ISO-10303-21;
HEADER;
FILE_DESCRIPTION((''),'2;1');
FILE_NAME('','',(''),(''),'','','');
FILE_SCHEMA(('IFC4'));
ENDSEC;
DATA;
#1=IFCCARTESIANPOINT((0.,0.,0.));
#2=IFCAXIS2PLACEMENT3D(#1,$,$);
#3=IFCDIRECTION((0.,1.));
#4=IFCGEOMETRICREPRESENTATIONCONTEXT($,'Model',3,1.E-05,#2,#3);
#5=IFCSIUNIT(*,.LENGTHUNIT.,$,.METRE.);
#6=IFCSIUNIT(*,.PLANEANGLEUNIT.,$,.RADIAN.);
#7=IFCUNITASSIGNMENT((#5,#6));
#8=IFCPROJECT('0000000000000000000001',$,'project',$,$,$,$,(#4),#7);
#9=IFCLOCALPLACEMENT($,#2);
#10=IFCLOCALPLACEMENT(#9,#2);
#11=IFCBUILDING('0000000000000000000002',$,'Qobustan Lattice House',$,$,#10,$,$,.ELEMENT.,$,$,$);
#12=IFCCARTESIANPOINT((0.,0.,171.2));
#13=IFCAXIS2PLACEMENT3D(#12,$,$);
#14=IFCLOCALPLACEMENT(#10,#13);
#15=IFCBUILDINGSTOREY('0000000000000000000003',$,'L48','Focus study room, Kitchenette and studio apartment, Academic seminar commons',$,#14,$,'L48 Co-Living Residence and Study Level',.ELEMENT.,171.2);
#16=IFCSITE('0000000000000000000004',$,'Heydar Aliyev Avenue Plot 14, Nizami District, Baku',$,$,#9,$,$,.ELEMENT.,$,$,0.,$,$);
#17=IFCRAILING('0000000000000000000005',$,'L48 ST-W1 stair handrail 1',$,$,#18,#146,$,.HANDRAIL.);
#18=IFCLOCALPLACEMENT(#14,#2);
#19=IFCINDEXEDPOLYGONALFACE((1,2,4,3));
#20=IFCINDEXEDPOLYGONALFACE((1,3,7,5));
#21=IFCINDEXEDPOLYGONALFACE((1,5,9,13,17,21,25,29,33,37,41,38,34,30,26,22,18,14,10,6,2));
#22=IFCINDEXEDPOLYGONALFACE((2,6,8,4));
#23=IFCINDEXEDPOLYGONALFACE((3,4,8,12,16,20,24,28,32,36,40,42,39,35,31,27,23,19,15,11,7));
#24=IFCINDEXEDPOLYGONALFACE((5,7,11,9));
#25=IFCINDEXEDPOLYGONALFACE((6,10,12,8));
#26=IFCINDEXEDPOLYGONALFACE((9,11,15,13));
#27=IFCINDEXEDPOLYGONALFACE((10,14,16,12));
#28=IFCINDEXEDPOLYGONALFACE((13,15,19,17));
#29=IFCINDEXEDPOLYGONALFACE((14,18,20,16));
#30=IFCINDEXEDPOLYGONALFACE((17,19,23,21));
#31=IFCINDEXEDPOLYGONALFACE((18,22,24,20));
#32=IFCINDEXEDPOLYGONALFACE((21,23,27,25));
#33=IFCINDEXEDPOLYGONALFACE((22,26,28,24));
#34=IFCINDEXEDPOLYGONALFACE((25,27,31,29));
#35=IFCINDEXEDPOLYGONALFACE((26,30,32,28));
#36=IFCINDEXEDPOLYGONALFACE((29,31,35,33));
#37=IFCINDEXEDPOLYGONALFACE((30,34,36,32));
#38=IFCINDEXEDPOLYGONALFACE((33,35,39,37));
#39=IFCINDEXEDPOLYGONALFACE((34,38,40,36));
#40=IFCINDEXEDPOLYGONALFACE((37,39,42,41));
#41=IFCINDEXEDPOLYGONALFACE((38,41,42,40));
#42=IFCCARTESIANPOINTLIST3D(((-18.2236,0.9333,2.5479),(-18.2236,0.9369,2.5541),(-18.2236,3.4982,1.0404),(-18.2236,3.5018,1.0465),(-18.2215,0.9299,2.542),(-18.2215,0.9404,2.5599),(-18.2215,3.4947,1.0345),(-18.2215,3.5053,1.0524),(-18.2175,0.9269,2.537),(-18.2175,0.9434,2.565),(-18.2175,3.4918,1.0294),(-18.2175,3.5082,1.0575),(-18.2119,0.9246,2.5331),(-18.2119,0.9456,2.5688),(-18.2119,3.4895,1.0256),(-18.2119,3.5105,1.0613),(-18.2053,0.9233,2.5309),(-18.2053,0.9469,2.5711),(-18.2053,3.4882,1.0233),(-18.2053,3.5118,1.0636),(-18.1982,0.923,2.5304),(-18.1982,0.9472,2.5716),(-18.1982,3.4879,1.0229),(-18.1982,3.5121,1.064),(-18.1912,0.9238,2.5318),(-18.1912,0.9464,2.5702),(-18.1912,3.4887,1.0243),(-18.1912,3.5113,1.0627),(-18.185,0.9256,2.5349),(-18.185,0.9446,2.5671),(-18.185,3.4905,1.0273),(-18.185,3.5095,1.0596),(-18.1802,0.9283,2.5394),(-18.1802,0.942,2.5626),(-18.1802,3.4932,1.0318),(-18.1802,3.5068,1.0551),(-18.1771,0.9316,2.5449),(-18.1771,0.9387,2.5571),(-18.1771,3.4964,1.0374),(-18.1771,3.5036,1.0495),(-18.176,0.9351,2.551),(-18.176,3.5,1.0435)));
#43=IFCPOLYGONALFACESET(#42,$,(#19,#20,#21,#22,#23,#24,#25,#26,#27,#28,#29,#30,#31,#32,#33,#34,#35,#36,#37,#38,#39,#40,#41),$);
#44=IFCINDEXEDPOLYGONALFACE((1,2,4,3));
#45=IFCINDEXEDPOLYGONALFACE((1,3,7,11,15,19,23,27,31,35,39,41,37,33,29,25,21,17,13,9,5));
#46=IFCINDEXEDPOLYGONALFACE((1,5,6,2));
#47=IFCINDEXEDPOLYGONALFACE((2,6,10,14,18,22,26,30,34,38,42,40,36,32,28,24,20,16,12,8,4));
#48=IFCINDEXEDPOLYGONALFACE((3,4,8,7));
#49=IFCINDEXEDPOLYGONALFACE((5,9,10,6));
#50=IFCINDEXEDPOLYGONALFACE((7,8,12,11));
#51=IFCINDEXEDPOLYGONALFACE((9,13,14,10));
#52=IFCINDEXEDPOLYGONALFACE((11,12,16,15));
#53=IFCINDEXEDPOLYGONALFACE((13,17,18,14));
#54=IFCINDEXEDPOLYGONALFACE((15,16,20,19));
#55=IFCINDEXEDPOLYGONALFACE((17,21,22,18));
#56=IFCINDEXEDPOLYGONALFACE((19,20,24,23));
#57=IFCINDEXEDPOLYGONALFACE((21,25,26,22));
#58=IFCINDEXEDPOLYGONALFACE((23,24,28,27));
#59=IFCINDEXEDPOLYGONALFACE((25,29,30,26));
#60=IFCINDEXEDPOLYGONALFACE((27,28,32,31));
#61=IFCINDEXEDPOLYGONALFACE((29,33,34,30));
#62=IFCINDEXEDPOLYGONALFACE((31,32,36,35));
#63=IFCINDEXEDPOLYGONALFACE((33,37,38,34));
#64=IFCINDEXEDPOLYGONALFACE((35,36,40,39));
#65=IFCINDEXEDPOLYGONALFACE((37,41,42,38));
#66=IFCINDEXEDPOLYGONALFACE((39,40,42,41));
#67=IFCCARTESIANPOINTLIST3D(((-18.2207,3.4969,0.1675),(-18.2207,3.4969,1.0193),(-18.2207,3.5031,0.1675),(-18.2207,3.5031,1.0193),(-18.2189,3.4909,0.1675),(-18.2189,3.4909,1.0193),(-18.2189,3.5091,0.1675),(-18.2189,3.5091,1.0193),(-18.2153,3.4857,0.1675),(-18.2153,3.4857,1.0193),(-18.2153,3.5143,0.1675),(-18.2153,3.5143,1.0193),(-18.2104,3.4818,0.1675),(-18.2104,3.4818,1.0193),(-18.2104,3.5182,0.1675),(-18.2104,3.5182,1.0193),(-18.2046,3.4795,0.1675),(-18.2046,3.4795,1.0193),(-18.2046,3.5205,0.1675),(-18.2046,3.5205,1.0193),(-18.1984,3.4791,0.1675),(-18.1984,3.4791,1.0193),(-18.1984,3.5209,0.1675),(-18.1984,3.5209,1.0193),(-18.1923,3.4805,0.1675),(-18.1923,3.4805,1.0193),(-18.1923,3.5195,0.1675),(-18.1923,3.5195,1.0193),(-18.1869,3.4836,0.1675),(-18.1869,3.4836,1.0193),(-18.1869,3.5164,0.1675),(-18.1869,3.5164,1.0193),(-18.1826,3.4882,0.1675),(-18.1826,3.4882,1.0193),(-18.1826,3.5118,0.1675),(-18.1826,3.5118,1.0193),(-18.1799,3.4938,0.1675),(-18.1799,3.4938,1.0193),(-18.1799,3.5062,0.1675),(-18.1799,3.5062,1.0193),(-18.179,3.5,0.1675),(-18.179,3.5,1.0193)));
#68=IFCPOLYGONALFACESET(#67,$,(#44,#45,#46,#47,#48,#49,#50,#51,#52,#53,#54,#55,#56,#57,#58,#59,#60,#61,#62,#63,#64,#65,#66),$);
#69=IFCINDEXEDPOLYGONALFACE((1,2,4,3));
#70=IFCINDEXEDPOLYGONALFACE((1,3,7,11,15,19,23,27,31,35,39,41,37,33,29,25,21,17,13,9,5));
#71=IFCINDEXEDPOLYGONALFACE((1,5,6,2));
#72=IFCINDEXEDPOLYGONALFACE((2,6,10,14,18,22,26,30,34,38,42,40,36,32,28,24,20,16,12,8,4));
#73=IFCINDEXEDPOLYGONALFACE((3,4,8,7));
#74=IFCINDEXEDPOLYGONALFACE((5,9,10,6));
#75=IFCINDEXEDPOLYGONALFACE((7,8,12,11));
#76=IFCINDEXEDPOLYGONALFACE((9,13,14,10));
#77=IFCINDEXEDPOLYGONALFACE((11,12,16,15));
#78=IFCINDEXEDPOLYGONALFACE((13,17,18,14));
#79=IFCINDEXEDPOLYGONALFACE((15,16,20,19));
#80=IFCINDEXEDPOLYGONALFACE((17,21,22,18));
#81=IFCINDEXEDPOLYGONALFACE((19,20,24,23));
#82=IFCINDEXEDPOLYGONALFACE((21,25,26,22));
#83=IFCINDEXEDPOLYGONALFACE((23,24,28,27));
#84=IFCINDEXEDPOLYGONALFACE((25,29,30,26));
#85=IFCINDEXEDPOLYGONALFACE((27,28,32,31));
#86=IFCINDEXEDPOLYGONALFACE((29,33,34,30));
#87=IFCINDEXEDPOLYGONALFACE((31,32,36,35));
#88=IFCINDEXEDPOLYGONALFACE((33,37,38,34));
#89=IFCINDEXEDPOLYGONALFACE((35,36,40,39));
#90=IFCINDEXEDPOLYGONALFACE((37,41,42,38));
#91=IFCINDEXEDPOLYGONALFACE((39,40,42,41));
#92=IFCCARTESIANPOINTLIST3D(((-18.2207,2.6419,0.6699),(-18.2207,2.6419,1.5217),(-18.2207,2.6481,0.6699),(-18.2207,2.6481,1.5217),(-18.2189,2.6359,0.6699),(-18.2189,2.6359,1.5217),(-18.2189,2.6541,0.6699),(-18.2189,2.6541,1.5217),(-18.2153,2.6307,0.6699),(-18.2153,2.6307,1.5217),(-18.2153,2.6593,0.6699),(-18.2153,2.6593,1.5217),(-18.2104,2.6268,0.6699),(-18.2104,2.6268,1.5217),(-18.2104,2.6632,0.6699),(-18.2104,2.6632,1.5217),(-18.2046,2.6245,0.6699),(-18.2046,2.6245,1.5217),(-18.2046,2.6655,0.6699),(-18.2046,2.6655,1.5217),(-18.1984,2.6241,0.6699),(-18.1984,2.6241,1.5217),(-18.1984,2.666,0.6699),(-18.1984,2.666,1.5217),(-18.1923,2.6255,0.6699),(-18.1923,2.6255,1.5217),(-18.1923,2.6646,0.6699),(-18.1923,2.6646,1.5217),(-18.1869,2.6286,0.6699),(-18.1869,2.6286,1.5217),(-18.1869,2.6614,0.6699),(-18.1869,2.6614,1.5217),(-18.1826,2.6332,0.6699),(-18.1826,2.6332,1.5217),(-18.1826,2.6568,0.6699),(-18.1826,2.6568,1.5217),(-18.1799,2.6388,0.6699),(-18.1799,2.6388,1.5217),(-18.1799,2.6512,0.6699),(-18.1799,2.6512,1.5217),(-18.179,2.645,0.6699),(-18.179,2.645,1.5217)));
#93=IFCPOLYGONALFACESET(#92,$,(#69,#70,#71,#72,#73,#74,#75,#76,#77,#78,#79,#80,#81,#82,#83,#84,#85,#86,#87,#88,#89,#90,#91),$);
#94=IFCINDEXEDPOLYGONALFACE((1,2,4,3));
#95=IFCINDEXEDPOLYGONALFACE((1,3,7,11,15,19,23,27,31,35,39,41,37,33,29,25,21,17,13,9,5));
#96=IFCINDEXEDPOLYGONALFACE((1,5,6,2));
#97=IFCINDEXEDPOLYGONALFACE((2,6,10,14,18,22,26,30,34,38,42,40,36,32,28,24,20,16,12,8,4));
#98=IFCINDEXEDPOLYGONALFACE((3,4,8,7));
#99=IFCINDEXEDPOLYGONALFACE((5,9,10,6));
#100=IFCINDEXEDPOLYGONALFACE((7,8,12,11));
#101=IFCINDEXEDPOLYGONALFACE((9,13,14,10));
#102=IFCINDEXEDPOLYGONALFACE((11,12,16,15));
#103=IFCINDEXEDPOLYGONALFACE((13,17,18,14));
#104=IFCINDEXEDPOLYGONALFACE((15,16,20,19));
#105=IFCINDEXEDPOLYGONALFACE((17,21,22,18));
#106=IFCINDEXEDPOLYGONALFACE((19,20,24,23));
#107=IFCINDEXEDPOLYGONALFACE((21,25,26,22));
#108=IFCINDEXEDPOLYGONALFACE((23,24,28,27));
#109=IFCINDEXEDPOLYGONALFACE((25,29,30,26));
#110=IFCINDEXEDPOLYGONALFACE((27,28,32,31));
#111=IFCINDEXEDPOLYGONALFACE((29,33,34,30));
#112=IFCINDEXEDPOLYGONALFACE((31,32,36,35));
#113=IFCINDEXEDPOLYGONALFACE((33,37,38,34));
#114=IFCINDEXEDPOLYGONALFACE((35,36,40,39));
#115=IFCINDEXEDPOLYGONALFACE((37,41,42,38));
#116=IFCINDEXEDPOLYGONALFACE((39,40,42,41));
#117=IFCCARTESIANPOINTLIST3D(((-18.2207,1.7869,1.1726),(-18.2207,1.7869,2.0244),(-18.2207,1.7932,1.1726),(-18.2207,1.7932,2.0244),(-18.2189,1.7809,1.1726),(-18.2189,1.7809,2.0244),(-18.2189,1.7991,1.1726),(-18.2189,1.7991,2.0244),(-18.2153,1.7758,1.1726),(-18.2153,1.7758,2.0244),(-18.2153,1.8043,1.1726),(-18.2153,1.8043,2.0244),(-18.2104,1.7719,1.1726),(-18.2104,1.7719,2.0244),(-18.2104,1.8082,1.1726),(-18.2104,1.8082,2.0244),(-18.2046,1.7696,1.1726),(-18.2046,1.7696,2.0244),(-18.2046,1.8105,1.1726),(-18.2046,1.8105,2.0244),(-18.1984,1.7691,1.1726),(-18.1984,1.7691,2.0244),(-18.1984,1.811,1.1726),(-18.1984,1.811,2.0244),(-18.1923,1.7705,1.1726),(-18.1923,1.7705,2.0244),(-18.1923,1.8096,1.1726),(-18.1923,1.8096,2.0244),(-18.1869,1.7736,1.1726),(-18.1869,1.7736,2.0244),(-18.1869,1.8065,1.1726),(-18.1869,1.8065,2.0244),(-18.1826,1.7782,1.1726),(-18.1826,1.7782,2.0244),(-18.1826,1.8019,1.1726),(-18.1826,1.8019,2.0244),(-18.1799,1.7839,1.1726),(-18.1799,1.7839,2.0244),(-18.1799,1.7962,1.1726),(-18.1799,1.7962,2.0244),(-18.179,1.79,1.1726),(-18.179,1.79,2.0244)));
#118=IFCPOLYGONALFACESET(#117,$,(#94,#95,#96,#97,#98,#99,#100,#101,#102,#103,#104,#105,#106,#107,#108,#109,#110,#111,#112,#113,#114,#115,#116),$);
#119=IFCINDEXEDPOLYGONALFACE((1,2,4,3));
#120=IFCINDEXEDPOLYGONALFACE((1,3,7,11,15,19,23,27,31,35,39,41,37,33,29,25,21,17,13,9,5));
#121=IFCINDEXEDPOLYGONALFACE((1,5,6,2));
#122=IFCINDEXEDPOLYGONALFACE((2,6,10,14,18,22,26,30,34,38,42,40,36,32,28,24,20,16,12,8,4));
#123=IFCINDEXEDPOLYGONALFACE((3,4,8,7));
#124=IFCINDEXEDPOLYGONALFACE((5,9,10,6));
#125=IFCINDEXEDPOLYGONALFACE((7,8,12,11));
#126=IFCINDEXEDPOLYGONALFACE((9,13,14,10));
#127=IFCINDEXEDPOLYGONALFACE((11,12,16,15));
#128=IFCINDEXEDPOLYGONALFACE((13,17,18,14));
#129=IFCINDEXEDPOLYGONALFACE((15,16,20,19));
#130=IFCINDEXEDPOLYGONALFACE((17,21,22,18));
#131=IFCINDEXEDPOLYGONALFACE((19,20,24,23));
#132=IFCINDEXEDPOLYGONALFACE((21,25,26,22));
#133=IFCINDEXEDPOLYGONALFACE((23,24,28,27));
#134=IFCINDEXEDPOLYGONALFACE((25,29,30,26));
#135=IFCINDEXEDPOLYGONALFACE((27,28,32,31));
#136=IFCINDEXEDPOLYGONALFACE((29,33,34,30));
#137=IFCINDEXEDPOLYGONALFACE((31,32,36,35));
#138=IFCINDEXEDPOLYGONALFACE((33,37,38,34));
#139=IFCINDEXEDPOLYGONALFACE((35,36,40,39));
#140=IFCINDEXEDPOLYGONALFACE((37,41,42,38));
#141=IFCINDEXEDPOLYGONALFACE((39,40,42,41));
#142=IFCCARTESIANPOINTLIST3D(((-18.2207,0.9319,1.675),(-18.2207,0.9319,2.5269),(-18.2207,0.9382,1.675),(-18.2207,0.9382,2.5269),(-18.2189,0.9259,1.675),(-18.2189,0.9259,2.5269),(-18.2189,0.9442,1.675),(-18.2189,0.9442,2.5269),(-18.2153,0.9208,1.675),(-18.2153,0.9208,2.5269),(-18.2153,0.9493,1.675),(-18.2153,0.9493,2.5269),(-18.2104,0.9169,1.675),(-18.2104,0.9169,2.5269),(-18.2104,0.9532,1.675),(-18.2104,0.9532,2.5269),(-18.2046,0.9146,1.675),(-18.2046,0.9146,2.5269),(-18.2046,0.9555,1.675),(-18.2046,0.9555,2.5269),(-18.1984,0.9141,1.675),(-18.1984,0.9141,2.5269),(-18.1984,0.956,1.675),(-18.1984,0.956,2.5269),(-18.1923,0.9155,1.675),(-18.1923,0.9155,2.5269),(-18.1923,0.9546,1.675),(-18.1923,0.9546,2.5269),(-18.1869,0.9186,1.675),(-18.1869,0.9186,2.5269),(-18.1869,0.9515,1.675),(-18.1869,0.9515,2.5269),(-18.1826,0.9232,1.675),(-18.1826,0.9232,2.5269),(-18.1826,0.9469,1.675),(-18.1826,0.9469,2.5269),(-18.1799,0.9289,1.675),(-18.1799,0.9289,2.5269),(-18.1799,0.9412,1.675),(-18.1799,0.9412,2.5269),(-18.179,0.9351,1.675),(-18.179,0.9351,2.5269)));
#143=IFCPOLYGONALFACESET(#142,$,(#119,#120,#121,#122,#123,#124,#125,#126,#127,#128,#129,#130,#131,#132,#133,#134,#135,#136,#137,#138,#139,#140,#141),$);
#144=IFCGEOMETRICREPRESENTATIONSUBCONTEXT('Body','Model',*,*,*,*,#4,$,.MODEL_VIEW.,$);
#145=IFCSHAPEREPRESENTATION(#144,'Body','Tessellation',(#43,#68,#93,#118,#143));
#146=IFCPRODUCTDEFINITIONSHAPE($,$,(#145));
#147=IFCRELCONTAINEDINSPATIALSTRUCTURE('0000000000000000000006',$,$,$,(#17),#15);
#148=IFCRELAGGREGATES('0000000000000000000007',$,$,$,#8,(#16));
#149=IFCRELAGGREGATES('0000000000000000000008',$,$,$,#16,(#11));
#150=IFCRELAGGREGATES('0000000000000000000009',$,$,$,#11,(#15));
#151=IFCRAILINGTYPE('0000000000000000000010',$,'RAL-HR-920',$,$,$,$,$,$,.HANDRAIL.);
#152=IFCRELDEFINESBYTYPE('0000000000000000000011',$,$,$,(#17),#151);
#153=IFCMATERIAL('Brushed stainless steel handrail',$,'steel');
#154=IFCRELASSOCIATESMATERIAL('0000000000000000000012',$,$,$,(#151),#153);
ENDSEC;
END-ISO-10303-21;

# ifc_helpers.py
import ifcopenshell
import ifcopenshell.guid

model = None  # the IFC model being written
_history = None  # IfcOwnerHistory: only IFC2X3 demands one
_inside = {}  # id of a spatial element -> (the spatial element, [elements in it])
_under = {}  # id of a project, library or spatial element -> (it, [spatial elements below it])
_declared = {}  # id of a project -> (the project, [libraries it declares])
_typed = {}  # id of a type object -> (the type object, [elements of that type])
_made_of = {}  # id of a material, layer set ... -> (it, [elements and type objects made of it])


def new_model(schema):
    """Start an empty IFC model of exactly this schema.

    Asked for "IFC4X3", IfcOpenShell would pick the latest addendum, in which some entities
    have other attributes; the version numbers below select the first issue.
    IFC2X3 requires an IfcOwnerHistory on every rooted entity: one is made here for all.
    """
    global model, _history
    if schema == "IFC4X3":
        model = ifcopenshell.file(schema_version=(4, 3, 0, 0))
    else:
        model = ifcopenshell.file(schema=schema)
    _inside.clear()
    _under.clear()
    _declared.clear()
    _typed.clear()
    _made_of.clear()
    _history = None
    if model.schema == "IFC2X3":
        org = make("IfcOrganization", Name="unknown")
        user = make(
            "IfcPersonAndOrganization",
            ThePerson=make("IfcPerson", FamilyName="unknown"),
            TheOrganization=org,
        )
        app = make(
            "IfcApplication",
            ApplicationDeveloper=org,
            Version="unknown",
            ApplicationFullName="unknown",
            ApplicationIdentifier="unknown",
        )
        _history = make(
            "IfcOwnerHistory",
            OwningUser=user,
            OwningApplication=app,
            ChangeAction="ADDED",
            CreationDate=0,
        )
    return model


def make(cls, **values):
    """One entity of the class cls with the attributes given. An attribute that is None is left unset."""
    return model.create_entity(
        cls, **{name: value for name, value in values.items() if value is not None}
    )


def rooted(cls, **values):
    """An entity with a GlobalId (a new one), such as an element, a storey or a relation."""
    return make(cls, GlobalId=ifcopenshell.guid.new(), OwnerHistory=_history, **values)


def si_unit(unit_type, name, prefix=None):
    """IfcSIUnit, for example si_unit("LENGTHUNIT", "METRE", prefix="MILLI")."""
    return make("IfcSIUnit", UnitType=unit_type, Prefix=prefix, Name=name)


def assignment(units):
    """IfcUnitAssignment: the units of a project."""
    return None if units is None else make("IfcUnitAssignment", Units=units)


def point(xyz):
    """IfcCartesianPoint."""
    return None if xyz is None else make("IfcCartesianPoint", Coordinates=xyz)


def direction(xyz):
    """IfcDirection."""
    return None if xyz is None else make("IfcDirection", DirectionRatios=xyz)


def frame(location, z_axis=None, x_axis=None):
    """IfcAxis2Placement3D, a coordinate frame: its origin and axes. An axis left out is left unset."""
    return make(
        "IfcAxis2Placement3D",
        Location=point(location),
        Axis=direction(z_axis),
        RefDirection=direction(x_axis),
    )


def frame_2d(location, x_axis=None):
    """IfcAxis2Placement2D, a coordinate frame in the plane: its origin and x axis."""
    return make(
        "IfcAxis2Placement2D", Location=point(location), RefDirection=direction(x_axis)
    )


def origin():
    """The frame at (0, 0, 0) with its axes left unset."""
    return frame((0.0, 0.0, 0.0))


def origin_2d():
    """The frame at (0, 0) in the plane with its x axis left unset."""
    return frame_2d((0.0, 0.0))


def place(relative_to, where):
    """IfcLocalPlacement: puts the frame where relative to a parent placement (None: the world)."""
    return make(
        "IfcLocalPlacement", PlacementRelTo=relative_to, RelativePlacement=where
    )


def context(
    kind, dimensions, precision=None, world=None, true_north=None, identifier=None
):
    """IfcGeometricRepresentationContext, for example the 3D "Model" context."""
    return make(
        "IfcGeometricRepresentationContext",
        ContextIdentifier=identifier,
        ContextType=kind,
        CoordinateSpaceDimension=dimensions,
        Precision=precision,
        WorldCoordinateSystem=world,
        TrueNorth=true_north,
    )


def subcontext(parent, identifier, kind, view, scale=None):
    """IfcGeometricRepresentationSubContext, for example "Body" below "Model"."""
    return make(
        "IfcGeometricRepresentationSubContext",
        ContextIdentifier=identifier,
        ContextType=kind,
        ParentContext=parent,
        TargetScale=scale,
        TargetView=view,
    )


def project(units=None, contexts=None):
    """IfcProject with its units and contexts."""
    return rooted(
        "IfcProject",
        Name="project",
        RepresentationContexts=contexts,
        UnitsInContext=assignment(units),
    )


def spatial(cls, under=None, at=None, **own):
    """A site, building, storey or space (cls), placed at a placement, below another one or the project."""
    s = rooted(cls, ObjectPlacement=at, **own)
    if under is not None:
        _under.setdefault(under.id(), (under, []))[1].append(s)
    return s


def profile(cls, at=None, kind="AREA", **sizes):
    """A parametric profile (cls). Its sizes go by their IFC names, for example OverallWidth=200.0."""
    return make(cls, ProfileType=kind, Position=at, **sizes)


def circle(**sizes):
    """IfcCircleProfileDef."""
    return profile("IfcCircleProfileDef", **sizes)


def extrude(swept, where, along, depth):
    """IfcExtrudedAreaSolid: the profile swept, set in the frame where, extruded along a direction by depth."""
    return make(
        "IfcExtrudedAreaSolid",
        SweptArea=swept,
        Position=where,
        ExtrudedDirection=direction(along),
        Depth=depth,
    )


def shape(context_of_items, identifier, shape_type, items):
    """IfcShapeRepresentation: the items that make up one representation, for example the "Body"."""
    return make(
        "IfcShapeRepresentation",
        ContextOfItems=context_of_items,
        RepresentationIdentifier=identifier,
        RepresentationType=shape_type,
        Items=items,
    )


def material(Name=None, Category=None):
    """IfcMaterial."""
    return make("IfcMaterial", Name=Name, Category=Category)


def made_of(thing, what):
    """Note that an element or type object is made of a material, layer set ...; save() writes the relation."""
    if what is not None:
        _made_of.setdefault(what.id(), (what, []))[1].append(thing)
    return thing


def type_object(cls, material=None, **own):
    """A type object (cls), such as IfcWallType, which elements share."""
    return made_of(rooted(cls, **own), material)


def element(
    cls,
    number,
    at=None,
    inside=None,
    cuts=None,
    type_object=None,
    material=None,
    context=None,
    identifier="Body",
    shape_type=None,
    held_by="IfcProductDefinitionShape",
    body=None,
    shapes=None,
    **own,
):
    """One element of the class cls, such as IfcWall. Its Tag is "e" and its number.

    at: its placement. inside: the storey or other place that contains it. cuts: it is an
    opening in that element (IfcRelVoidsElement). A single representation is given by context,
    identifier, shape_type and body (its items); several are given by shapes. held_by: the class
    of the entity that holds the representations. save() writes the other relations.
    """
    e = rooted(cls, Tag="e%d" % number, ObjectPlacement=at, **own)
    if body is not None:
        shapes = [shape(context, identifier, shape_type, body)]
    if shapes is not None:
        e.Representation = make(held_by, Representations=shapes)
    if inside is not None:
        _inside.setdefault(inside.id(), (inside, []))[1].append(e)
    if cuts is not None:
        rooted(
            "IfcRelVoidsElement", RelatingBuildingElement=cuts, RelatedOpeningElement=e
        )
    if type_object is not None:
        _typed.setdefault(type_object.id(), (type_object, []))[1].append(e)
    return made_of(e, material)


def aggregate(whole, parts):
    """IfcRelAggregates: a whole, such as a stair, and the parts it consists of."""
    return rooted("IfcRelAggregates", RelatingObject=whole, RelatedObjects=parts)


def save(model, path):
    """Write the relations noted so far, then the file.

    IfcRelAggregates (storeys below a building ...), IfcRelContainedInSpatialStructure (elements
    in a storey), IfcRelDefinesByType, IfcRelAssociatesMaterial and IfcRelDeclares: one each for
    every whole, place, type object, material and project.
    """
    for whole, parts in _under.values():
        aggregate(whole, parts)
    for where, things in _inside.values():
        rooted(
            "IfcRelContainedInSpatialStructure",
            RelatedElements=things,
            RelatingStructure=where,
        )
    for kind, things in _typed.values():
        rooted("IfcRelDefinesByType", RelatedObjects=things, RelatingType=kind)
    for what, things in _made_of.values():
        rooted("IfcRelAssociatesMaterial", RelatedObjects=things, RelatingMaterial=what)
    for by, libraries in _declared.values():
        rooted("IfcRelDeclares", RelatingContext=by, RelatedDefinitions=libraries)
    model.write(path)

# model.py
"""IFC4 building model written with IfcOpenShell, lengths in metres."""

from ifc_helpers import new_model, si_unit, direction, frame, origin, origin_2d, place, context, subcontext, project, spatial, circle, extrude, material, type_object, element, save


model = new_model("IFC4")

# Units and contexts
model_context = context("Model", 3, precision=1e-05, world=origin(), true_north=direction((0.0, 1.0)))
body_context = subcontext(model_context, "Body", "Model", "MODEL_VIEW")
ifc_project = project(units=[si_unit("LENGTHUNIT", "METRE"), si_unit("PLANEANGLEUNIT", "RADIAN")], contexts=[model_context])

# Site, building, storey
site_placement = place(None, origin())
site = spatial("IfcSite", under=ifc_project, at=site_placement, Name="Heydar Aliyev Avenue Plot 14, Nizami District, Baku", CompositionType="ELEMENT", RefElevation=0.0)
building_placement = place(site_placement, origin())
building = spatial("IfcBuilding", under=site, at=building_placement, Name="Qobustan Lattice House", CompositionType="ELEMENT")
storey_placement = place(building_placement, frame((0.0, 0.0, 171.2)))
storey = spatial("IfcBuildingStorey", under=building, at=storey_placement, Name="L48", Description="Focus study room, Kitchenette and studio apartment, Academic seminar commons", LongName="L48 Co-Living Residence and Study Level", CompositionType="ELEMENT", Elevation=171.2)

# Railing
ifc_material_1 = material(Name="Brushed stainless steel handrail", Category="steel")
railing_type_1 = type_object("IfcRailingType", Name="RAL-HR-920", PredefinedType="HANDRAIL", material=ifc_material_1)
railing_1_placement = place(storey_placement, frame((-18.2, 3.5, 0.1675)))
element("IfcRailing", 1, at=railing_1_placement, inside=storey, type_object=railing_type_1, Name="L48 ST-W1 stair handrail 1", PredefinedType="HANDRAIL", context=body_context, shape_type="SweptSolid", body=[
    extrude(circle(Radius=0.0239, at=origin_2d()), frame((0.0, 0.0, 0.876), z_axis=(0.0, -0.862113, 0.506715), x_axis=(1.0, 0.0, 0.0)), (0.0, 0.0, 1.0), 2.9751),
    extrude(circle(Radius=0.021, at=origin_2d()), origin(), (0.0, 0.0, 1.0), 0.8518),
    extrude(circle(Radius=0.021, at=origin_2d()), frame((0.0, -0.855, 0.5024)), (0.0, 0.0, 1.0), 0.8518),
    extrude(circle(Radius=0.021, at=origin_2d()), frame((0.0, -1.71, 1.0051)), (0.0, 0.0, 1.0), 0.8518),
    extrude(circle(Radius=0.021, at=origin_2d()), frame((0.0, -2.5649, 1.5076)), (0.0, 0.0, 1.0), 0.8518),
])

save(model, "model.ifc")
